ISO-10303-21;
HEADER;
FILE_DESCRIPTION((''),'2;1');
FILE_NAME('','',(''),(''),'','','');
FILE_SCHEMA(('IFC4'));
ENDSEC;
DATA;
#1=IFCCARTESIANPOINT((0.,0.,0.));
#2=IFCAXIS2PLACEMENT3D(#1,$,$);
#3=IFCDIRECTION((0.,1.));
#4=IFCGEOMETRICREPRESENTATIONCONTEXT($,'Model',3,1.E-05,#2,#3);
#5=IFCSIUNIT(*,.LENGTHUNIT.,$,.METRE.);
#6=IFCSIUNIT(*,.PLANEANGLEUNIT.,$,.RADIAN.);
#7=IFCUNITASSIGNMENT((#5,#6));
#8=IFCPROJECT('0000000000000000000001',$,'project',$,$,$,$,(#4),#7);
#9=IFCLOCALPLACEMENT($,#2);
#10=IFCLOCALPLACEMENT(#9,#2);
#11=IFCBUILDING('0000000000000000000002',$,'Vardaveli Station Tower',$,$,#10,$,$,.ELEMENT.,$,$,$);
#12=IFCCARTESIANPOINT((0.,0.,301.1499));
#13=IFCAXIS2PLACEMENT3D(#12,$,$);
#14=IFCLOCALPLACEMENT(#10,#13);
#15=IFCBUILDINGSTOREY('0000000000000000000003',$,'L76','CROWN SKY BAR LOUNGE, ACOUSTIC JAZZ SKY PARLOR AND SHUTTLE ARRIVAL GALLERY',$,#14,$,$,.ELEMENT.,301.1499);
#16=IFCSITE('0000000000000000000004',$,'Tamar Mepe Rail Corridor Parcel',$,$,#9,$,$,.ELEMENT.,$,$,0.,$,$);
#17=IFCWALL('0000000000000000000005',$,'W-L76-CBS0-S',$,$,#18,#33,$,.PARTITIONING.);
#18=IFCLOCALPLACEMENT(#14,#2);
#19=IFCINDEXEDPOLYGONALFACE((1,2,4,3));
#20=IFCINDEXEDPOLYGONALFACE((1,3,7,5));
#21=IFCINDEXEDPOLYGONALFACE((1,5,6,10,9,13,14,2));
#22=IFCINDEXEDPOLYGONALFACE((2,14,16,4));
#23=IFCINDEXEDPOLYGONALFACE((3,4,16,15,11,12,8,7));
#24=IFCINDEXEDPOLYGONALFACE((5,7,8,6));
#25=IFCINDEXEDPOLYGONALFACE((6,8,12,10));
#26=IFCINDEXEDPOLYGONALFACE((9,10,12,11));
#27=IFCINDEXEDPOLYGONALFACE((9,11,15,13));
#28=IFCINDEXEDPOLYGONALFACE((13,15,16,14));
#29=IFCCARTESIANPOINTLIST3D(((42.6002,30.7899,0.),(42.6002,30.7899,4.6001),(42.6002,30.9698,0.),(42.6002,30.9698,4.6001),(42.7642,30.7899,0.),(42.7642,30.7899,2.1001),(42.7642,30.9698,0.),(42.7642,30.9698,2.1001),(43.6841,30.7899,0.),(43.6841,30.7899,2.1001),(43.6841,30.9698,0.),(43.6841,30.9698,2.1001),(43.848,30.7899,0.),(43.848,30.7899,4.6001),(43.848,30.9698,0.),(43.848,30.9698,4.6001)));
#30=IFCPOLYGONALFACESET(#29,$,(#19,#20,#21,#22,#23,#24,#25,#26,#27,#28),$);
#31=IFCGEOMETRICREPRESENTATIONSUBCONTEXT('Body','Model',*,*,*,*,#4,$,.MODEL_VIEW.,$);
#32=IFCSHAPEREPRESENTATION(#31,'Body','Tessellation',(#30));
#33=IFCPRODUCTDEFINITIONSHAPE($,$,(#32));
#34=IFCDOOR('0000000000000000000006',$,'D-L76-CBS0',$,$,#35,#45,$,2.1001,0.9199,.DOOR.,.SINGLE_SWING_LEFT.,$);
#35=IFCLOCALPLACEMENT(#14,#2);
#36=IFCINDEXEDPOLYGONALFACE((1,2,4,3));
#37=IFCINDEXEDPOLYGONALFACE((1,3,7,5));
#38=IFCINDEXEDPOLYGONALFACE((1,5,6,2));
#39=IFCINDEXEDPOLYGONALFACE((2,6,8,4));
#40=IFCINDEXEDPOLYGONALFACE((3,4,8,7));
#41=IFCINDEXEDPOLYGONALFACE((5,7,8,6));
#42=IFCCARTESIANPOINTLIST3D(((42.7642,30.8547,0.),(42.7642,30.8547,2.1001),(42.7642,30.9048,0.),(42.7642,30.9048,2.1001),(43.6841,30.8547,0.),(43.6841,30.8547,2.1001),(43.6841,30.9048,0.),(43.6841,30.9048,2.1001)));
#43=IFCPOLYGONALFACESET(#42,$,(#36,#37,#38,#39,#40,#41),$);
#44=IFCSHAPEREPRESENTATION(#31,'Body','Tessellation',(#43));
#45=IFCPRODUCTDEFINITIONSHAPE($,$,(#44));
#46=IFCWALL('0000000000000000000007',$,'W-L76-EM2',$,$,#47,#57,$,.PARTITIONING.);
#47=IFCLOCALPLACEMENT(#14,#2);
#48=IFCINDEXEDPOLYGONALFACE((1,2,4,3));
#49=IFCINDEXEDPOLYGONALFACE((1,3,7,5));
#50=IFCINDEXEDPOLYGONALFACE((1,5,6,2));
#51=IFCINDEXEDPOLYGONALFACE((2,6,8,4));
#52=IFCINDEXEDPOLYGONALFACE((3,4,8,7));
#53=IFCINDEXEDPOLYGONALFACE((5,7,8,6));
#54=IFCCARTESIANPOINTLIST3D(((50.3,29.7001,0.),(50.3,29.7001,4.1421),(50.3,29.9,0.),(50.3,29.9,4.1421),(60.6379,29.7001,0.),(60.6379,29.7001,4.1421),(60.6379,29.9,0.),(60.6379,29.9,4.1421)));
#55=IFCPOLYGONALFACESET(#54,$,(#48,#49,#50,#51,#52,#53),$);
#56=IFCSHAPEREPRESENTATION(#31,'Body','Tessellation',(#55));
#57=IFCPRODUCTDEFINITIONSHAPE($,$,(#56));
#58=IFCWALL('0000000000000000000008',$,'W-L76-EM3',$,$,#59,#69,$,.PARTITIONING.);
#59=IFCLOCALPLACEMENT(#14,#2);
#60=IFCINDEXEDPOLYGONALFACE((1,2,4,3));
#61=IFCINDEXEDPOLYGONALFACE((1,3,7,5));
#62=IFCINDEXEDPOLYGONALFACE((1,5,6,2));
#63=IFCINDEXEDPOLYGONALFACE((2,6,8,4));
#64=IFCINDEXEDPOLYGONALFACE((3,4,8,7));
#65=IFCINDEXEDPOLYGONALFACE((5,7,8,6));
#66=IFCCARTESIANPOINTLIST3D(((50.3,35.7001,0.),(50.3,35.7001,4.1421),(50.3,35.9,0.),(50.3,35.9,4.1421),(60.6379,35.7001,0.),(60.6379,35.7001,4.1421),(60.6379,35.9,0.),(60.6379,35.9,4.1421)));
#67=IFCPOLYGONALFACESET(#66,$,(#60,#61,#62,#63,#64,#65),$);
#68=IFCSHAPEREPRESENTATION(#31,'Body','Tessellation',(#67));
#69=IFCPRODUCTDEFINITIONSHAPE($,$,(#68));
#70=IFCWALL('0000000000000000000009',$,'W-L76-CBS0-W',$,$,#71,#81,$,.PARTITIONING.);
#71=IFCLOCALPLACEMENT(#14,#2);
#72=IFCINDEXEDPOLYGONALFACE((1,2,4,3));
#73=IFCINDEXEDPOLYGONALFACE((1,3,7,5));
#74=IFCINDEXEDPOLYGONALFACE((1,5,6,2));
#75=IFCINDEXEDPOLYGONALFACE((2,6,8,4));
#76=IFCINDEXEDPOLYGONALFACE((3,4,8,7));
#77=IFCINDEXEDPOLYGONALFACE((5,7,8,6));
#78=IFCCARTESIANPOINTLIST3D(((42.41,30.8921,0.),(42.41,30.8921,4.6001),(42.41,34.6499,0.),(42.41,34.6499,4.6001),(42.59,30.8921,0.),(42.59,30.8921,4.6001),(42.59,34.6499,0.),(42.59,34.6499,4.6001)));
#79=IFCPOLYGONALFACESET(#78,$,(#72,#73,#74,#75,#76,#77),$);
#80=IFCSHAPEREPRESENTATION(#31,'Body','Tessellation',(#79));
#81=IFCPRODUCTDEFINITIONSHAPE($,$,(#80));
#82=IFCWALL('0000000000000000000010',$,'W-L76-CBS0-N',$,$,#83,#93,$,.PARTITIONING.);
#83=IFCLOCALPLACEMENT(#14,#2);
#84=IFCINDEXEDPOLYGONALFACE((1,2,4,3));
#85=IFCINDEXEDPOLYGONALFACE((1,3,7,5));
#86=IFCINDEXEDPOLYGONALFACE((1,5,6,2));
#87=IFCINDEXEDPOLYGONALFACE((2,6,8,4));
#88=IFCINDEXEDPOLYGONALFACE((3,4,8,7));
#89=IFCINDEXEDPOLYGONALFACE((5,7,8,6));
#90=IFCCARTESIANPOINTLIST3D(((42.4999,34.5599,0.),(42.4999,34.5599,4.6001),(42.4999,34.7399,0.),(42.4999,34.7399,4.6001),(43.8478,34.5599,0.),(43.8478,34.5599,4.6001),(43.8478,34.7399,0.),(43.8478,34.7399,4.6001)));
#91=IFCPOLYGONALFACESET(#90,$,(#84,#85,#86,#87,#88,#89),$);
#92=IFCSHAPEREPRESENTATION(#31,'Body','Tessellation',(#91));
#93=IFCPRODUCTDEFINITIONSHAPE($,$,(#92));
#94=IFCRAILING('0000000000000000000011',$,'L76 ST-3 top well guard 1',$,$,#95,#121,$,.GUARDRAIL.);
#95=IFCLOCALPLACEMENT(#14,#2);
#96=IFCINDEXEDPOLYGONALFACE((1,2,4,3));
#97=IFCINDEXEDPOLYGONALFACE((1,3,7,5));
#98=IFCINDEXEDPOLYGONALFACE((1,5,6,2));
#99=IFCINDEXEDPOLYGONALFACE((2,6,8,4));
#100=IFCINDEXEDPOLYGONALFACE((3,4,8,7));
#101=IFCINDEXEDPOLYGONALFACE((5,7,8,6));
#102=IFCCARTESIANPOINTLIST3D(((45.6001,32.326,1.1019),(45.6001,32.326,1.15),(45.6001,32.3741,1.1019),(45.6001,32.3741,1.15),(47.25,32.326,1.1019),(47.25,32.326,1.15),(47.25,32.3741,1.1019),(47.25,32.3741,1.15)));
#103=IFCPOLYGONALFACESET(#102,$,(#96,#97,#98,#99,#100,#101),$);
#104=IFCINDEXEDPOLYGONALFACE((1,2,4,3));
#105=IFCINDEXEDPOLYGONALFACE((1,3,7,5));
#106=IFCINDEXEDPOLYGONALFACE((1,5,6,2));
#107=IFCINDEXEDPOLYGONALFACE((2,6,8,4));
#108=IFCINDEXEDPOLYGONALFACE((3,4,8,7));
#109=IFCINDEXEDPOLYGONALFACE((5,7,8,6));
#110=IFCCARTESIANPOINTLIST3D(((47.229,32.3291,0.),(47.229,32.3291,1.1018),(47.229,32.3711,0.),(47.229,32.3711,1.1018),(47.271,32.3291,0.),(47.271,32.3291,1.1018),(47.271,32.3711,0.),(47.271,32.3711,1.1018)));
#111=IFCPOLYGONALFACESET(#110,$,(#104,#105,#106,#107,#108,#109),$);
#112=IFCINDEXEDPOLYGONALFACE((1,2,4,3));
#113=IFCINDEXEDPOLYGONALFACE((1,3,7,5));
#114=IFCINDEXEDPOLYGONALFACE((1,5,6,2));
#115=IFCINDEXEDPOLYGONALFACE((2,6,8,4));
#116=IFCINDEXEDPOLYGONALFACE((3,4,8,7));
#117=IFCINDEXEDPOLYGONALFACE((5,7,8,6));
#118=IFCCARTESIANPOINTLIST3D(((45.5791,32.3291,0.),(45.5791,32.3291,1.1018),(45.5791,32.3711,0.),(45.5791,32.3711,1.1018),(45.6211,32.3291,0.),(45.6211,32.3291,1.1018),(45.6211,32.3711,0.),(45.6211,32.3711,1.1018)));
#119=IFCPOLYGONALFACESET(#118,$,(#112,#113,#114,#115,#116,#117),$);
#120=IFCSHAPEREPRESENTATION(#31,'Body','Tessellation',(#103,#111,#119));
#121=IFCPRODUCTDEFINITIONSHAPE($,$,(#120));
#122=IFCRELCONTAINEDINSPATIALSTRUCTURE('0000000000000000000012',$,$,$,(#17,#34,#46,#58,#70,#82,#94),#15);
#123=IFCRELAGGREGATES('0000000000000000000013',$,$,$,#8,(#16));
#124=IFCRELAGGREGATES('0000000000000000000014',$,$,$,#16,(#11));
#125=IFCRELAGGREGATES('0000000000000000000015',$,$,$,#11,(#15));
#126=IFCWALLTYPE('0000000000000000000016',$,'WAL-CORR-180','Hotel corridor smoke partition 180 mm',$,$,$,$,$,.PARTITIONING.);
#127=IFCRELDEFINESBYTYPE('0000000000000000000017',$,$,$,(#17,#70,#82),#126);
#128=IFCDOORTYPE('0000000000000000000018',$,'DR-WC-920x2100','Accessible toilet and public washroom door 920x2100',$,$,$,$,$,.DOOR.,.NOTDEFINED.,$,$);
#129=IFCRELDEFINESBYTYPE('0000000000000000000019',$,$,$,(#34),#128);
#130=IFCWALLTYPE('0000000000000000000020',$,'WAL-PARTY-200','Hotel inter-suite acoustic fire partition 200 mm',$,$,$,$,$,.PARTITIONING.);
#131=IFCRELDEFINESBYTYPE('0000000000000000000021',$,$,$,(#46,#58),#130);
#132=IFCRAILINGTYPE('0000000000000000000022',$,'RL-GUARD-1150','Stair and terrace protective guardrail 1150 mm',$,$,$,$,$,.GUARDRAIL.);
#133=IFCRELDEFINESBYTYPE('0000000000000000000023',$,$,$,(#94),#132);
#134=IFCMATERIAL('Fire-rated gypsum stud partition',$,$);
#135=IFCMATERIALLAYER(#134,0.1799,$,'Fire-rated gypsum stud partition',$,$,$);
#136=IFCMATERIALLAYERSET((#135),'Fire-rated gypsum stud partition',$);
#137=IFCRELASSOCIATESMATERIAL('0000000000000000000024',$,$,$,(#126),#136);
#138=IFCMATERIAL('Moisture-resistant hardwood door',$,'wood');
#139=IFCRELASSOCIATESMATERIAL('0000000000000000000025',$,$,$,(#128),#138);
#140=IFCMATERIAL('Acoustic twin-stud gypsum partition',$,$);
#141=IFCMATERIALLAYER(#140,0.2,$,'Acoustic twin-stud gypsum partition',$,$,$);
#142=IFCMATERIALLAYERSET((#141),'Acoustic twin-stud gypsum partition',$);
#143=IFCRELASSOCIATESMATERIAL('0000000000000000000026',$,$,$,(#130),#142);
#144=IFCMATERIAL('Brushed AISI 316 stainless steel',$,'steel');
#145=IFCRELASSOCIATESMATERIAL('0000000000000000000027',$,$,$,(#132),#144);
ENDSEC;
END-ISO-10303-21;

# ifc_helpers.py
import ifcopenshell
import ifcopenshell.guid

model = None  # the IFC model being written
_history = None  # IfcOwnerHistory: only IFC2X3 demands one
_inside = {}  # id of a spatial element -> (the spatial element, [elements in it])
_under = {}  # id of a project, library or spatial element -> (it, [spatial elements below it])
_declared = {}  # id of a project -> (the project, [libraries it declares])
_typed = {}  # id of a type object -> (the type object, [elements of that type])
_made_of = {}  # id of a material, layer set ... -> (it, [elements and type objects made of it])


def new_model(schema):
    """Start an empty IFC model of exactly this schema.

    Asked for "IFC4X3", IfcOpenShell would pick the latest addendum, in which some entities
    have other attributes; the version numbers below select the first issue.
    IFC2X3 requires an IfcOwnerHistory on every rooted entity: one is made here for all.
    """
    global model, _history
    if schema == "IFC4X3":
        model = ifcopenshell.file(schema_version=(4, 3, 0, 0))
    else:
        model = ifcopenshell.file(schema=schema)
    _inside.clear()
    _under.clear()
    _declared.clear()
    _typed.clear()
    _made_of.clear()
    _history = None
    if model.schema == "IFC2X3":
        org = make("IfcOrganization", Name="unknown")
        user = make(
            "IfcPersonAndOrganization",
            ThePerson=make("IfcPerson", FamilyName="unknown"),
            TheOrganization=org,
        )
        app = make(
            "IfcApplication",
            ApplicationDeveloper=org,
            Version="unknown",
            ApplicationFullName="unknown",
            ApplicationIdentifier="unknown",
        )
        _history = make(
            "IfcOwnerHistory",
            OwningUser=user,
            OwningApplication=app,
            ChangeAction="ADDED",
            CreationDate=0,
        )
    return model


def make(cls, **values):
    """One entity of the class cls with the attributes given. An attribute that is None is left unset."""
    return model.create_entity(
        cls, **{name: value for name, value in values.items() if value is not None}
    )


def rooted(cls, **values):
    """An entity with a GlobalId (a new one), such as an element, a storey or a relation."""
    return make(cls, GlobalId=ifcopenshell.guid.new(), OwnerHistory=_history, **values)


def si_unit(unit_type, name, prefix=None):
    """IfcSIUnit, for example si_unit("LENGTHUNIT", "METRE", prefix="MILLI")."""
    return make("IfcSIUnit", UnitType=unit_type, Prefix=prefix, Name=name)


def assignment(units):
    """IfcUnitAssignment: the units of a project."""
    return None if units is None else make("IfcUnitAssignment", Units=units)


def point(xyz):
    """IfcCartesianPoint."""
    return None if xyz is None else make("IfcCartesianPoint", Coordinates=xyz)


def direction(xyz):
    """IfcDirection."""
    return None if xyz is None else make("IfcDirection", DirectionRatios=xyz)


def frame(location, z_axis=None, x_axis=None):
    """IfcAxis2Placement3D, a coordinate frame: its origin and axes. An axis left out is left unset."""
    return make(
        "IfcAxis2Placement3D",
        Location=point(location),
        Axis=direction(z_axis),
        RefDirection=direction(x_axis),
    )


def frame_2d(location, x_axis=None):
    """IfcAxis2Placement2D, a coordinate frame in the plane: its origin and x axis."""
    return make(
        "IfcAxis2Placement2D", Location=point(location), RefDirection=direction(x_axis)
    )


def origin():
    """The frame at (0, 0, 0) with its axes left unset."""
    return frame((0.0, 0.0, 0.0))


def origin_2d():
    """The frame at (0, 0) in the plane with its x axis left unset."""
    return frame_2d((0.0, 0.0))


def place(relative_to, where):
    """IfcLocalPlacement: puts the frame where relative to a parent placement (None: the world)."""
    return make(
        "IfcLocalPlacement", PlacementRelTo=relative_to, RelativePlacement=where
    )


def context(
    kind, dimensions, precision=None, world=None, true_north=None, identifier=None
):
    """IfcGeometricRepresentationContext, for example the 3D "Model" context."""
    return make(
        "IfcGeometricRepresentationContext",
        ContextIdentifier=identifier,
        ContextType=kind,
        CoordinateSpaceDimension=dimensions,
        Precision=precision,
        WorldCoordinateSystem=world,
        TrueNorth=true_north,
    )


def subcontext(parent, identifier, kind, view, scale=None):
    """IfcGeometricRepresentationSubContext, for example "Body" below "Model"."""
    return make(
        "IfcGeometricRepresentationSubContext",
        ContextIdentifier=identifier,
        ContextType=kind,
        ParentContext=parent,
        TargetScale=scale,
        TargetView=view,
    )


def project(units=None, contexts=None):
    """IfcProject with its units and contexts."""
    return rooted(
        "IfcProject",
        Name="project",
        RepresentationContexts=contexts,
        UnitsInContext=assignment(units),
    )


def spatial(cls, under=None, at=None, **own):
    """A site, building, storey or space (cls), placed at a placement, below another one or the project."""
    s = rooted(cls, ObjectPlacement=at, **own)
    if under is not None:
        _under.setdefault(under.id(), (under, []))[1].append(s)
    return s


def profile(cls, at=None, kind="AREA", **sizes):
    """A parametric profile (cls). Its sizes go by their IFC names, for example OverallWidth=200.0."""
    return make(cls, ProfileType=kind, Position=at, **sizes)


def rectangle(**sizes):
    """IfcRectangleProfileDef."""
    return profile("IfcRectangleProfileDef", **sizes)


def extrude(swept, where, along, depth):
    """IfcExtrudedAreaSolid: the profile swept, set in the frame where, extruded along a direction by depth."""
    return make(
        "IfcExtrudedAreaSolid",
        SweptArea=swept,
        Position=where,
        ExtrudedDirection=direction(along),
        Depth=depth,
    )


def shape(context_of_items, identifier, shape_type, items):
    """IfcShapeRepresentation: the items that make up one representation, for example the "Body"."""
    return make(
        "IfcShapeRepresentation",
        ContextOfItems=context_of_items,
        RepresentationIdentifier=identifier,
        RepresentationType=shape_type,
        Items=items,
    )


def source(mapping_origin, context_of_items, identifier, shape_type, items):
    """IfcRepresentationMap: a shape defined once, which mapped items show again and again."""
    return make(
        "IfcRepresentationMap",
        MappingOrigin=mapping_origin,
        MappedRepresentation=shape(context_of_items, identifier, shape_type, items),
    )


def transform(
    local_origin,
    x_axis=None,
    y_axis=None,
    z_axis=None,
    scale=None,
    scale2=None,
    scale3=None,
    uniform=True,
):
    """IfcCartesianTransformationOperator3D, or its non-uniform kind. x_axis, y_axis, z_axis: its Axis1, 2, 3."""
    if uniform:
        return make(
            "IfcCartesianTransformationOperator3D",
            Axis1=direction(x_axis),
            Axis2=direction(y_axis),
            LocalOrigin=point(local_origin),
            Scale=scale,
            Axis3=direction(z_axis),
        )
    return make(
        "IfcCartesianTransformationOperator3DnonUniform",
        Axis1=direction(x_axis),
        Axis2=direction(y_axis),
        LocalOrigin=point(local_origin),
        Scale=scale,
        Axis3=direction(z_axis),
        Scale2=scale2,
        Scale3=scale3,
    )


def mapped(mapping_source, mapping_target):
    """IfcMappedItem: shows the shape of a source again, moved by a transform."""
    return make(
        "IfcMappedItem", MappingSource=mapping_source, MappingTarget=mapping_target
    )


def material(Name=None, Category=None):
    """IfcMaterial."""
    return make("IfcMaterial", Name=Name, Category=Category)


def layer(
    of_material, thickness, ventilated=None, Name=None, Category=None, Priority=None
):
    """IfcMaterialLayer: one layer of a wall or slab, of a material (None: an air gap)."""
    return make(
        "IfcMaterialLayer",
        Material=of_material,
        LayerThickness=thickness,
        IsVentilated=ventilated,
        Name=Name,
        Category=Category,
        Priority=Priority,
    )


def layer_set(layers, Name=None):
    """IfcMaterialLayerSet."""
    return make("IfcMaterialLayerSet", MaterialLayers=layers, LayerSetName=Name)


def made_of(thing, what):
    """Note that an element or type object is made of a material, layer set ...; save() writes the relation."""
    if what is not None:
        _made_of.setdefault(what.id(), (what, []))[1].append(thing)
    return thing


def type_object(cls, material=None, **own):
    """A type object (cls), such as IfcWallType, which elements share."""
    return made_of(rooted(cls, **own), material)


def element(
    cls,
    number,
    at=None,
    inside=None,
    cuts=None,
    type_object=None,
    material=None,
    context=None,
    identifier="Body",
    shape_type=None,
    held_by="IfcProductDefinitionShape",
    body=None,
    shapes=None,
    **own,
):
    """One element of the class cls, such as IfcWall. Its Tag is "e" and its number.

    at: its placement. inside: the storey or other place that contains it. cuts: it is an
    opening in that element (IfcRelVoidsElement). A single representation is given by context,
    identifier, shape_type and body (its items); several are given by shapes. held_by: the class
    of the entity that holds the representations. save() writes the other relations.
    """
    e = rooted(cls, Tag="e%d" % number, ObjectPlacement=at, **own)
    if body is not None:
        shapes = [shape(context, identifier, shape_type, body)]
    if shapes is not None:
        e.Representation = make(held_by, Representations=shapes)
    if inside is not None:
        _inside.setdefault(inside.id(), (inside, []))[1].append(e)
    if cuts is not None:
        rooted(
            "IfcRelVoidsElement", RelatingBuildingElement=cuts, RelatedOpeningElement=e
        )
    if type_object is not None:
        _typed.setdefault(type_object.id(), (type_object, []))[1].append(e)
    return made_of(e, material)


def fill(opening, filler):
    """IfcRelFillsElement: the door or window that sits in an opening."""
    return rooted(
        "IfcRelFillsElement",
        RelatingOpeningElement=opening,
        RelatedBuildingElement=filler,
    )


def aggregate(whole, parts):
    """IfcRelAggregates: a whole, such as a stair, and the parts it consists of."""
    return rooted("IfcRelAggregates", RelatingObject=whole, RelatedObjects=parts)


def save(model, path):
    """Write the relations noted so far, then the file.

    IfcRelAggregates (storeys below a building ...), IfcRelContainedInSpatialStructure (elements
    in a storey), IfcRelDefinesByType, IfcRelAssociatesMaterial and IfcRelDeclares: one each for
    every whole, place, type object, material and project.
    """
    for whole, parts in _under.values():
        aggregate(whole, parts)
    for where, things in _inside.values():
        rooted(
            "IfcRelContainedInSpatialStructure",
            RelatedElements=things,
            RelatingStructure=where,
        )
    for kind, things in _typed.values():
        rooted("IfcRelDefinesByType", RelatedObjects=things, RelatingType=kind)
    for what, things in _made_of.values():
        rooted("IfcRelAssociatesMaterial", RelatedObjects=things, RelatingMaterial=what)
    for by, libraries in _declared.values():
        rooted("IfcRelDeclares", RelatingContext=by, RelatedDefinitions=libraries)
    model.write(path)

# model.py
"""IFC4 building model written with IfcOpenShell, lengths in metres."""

from ifc_helpers import new_model, si_unit, direction, frame, frame_2d, origin, origin_2d, place, context, subcontext, project, spatial, rectangle, extrude, source, transform, mapped, material, layer, layer_set, type_object, element, fill, save


model = new_model("IFC4")

# Units and contexts
model_context = context("Model", 3, precision=1e-05, world=origin(), true_north=direction((0.0, 1.0)))
body_context = subcontext(model_context, "Body", "Model", "MODEL_VIEW")
ifc_project = project(units=[si_unit("LENGTHUNIT", "METRE"), si_unit("PLANEANGLEUNIT", "RADIAN")], contexts=[model_context])

# Site, building, storey
site_placement = place(None, origin())
site = spatial("IfcSite", under=ifc_project, at=site_placement, Name="Tamar Mepe Rail Corridor Parcel", CompositionType="ELEMENT", RefElevation=0.0)
building_placement = place(site_placement, origin())
building = spatial("IfcBuilding", under=site, at=building_placement, Name="Vardaveli Station Tower", CompositionType="ELEMENT")
storey_placement = place(building_placement, frame((0.0, 0.0, 301.1499)))
storey = spatial("IfcBuildingStorey", under=building, at=storey_placement, Name="L76", Description="CROWN SKY BAR LOUNGE, ACOUSTIC JAZZ SKY PARLOR AND SHUTTLE ARRIVAL GALLERY", CompositionType="ELEMENT", Elevation=301.1499)

# Wall, opening, door
ifc_material_1 = material(Name="Fire-rated gypsum stud partition")
ifc_layer_1 = layer(ifc_material_1, 0.1799, Name="Fire-rated gypsum stud partition")
ifc_layer_set_1 = layer_set([ifc_layer_1], Name="Fire-rated gypsum stud partition")
wall_type_1 = type_object("IfcWallType", Name="WAL-CORR-180", Description="Hotel corridor smoke partition 180 mm", PredefinedType="PARTITIONING", material=ifc_layer_set_1)
shared_shape_1 = source(origin(), body_context, "Body", "SweptSolid", [
    extrude(rectangle(XDim=1.2478, YDim=0.1799, at=frame_2d((0.624, 0.0))), origin(), (0.0, 0.0, 1.0), 4.6001),
])
wall_1_placement = place(storey_placement, frame((42.6001, 30.8799, 0.0), z_axis=(0.0, 0.0, 1.0), x_axis=(1.0, 0.0, 0.0)))
wall_1 = element("IfcWall", 1, at=wall_1_placement, inside=storey, type_object=wall_type_1, Name="W-L76-CBS0-S", PredefinedType="PARTITIONING", context=body_context, shape_type="MappedRepresentation", body=[
    mapped(shared_shape_1, transform((0.0, 0.0, 0.0), scale=1.0)),
])
shared_shape_2 = source(origin(), body_context, "Body", "SweptSolid", [
    extrude(rectangle(XDim=0.9199, YDim=2.1001, at=frame_2d((0.46, 1.05))), frame((0.0, 0.1001, 0.0), z_axis=(0.0, -1.0, 0.0), x_axis=(1.0, 0.0, 0.0)), (0.0, 0.0, 1.0), 0.2),
])
opening_1_placement = place(wall_1_placement, frame((0.1641, 0.0, 0.0)))
opening_1 = element("IfcOpeningElement", 2, at=opening_1_placement, cuts=wall_1, PredefinedType="OPENING", context=body_context, shape_type="MappedRepresentation", body=[
    mapped(shared_shape_2, transform((0.0, 0.0, 0.0), scale=1.0)),
])
ifc_material_2 = material(Name="Moisture-resistant hardwood door", Category="wood")
door_type_1 = type_object("IfcDoorType", Name="DR-WC-920x2100", Description="Accessible toilet and public washroom door 920x2100", OperationType="NOTDEFINED", PredefinedType="DOOR", material=ifc_material_2)
shared_shape_3 = source(origin(), body_context, "Body", "SweptSolid", [
    extrude(rectangle(XDim=0.9199, YDim=2.1001, at=frame_2d((0.46, 1.05))), frame((0.0, 0.0249, 0.0), z_axis=(0.0, -1.0, 0.0), x_axis=(1.0, 0.0, 0.0)), (0.0, 0.0, 1.0), 0.05),
])
door_1_placement = place(opening_1_placement, origin())
door_1 = element("IfcDoor", 3, at=door_1_placement, inside=storey, type_object=door_type_1, Name="D-L76-CBS0", OperationType="SINGLE_SWING_LEFT", OverallHeight=2.1001, OverallWidth=0.9199, PredefinedType="DOOR", context=body_context, shape_type="MappedRepresentation", body=[
    mapped(shared_shape_3, transform((0.0, 0.0, 0.0), scale=1.0)),
])
fill(opening_1, door_1)

# Walls
ifc_material_3 = material(Name="Acoustic twin-stud gypsum partition")
ifc_layer_2 = layer(ifc_material_3, 0.2, Name="Acoustic twin-stud gypsum partition")
ifc_layer_set_2 = layer_set([ifc_layer_2], Name="Acoustic twin-stud gypsum partition")
wall_type_2 = type_object("IfcWallType", Name="WAL-PARTY-200", Description="Hotel inter-suite acoustic fire partition 200 mm", PredefinedType="PARTITIONING", material=ifc_layer_set_2)
shared_shape_4 = source(origin(), body_context, "Body", "SweptSolid", [
    extrude(rectangle(XDim=10.3379, YDim=0.2, at=frame_2d((5.1689, 0.0))), origin(), (0.0, 0.0, 1.0), 4.1421),
])
for number, where, z_axis, x_axis, name in (
    (4, (50.3, 29.8, 0.0), (0.0, 0.0, 1.0), (1.0, 0.0, 0.0), "W-L76-EM2"),
    (5, (50.3, 35.8, 0.0), (0.0, 0.0, 1.0), (1.0, 0.0, 0.0), "W-L76-EM3"),
):
    element("IfcWall", number, at=place(storey_placement, frame(where, z_axis=z_axis, x_axis=x_axis)), inside=storey, type_object=wall_type_2, Name=name, PredefinedType="PARTITIONING", context=body_context, shape_type="MappedRepresentation", body=[
        mapped(shared_shape_4, transform((0.0, 0.0, 0.0), scale=1.0)),
    ])
shared_shape_5 = source(origin(), body_context, "Body", "SweptSolid", [
    extrude(rectangle(XDim=3.7578, YDim=0.1799, at=frame_2d((1.8789, 0.0))), origin(), (0.0, 0.0, 1.0), 4.6001),
])
wall_2_placement = place(storey_placement, frame((42.5, 30.8921, 0.0), z_axis=(0.0, 0.0, 1.0), x_axis=(0.0, 1.0, 0.0)))
element("IfcWall", 6, at=wall_2_placement, inside=storey, type_object=wall_type_1, Name="W-L76-CBS0-W", PredefinedType="PARTITIONING", context=body_context, shape_type="MappedRepresentation", body=[
    mapped(shared_shape_5, transform((0.0, 0.0, 0.0), scale=1.0)),
])
shared_shape_6 = source(origin(), body_context, "Body", "SweptSolid", [
    extrude(rectangle(XDim=1.3479, YDim=0.1799, at=frame_2d((0.6738, 0.0))), origin(), (0.0, 0.0, 1.0), 4.6001),
])
wall_3_placement = place(storey_placement, frame((42.5, 34.6499, 0.0), z_axis=(0.0, 0.0, 1.0), x_axis=(1.0, 0.0, 0.0)))
element("IfcWall", 7, at=wall_3_placement, inside=storey, type_object=wall_type_1, Name="W-L76-CBS0-N", PredefinedType="PARTITIONING", context=body_context, shape_type="MappedRepresentation", body=[
    mapped(shared_shape_6, transform((0.0, 0.0, 0.0), scale=1.0)),
])

# Railing
ifc_material_4 = material(Name="Brushed AISI 316 stainless steel", Category="steel")
railing_type = type_object("IfcRailingType", Name="RL-GUARD-1150", Description="Stair and terrace protective guardrail 1150 mm", PredefinedType="GUARDRAIL", material=ifc_material_4)
shared_shape_7 = source(origin(), body_context, "Body", "SweptSolid", [
    extrude(rectangle(XDim=0.0481, YDim=0.0481, at=origin_2d()), frame((0.0, 0.0, 1.126), z_axis=(-1.0, 0.0, 0.0), x_axis=(0.0, -1.0, 0.0)), (0.0, 0.0, 1.0), 1.6499),
    extrude(rectangle(XDim=0.042, YDim=0.042, at=origin_2d()), origin(), (0.0, 0.0, 1.0), 1.1018),
    extrude(rectangle(XDim=0.042, YDim=0.042, at=origin_2d()), frame((-1.6499, 0.0, 0.0)), (0.0, 0.0, 1.0), 1.1018),
])
railing_placement = place(storey_placement, frame((47.25, 32.3501, 0.0)))
element("IfcRailing", 8, at=railing_placement, inside=storey, type_object=railing_type, Name="L76 ST-3 top well guard 1", PredefinedType="GUARDRAIL", context=body_context, shape_type="MappedRepresentation", body=[
    mapped(shared_shape_7, transform((0.0, 0.0, 0.0), scale=1.0)),
])

save(model, "model.ifc")
